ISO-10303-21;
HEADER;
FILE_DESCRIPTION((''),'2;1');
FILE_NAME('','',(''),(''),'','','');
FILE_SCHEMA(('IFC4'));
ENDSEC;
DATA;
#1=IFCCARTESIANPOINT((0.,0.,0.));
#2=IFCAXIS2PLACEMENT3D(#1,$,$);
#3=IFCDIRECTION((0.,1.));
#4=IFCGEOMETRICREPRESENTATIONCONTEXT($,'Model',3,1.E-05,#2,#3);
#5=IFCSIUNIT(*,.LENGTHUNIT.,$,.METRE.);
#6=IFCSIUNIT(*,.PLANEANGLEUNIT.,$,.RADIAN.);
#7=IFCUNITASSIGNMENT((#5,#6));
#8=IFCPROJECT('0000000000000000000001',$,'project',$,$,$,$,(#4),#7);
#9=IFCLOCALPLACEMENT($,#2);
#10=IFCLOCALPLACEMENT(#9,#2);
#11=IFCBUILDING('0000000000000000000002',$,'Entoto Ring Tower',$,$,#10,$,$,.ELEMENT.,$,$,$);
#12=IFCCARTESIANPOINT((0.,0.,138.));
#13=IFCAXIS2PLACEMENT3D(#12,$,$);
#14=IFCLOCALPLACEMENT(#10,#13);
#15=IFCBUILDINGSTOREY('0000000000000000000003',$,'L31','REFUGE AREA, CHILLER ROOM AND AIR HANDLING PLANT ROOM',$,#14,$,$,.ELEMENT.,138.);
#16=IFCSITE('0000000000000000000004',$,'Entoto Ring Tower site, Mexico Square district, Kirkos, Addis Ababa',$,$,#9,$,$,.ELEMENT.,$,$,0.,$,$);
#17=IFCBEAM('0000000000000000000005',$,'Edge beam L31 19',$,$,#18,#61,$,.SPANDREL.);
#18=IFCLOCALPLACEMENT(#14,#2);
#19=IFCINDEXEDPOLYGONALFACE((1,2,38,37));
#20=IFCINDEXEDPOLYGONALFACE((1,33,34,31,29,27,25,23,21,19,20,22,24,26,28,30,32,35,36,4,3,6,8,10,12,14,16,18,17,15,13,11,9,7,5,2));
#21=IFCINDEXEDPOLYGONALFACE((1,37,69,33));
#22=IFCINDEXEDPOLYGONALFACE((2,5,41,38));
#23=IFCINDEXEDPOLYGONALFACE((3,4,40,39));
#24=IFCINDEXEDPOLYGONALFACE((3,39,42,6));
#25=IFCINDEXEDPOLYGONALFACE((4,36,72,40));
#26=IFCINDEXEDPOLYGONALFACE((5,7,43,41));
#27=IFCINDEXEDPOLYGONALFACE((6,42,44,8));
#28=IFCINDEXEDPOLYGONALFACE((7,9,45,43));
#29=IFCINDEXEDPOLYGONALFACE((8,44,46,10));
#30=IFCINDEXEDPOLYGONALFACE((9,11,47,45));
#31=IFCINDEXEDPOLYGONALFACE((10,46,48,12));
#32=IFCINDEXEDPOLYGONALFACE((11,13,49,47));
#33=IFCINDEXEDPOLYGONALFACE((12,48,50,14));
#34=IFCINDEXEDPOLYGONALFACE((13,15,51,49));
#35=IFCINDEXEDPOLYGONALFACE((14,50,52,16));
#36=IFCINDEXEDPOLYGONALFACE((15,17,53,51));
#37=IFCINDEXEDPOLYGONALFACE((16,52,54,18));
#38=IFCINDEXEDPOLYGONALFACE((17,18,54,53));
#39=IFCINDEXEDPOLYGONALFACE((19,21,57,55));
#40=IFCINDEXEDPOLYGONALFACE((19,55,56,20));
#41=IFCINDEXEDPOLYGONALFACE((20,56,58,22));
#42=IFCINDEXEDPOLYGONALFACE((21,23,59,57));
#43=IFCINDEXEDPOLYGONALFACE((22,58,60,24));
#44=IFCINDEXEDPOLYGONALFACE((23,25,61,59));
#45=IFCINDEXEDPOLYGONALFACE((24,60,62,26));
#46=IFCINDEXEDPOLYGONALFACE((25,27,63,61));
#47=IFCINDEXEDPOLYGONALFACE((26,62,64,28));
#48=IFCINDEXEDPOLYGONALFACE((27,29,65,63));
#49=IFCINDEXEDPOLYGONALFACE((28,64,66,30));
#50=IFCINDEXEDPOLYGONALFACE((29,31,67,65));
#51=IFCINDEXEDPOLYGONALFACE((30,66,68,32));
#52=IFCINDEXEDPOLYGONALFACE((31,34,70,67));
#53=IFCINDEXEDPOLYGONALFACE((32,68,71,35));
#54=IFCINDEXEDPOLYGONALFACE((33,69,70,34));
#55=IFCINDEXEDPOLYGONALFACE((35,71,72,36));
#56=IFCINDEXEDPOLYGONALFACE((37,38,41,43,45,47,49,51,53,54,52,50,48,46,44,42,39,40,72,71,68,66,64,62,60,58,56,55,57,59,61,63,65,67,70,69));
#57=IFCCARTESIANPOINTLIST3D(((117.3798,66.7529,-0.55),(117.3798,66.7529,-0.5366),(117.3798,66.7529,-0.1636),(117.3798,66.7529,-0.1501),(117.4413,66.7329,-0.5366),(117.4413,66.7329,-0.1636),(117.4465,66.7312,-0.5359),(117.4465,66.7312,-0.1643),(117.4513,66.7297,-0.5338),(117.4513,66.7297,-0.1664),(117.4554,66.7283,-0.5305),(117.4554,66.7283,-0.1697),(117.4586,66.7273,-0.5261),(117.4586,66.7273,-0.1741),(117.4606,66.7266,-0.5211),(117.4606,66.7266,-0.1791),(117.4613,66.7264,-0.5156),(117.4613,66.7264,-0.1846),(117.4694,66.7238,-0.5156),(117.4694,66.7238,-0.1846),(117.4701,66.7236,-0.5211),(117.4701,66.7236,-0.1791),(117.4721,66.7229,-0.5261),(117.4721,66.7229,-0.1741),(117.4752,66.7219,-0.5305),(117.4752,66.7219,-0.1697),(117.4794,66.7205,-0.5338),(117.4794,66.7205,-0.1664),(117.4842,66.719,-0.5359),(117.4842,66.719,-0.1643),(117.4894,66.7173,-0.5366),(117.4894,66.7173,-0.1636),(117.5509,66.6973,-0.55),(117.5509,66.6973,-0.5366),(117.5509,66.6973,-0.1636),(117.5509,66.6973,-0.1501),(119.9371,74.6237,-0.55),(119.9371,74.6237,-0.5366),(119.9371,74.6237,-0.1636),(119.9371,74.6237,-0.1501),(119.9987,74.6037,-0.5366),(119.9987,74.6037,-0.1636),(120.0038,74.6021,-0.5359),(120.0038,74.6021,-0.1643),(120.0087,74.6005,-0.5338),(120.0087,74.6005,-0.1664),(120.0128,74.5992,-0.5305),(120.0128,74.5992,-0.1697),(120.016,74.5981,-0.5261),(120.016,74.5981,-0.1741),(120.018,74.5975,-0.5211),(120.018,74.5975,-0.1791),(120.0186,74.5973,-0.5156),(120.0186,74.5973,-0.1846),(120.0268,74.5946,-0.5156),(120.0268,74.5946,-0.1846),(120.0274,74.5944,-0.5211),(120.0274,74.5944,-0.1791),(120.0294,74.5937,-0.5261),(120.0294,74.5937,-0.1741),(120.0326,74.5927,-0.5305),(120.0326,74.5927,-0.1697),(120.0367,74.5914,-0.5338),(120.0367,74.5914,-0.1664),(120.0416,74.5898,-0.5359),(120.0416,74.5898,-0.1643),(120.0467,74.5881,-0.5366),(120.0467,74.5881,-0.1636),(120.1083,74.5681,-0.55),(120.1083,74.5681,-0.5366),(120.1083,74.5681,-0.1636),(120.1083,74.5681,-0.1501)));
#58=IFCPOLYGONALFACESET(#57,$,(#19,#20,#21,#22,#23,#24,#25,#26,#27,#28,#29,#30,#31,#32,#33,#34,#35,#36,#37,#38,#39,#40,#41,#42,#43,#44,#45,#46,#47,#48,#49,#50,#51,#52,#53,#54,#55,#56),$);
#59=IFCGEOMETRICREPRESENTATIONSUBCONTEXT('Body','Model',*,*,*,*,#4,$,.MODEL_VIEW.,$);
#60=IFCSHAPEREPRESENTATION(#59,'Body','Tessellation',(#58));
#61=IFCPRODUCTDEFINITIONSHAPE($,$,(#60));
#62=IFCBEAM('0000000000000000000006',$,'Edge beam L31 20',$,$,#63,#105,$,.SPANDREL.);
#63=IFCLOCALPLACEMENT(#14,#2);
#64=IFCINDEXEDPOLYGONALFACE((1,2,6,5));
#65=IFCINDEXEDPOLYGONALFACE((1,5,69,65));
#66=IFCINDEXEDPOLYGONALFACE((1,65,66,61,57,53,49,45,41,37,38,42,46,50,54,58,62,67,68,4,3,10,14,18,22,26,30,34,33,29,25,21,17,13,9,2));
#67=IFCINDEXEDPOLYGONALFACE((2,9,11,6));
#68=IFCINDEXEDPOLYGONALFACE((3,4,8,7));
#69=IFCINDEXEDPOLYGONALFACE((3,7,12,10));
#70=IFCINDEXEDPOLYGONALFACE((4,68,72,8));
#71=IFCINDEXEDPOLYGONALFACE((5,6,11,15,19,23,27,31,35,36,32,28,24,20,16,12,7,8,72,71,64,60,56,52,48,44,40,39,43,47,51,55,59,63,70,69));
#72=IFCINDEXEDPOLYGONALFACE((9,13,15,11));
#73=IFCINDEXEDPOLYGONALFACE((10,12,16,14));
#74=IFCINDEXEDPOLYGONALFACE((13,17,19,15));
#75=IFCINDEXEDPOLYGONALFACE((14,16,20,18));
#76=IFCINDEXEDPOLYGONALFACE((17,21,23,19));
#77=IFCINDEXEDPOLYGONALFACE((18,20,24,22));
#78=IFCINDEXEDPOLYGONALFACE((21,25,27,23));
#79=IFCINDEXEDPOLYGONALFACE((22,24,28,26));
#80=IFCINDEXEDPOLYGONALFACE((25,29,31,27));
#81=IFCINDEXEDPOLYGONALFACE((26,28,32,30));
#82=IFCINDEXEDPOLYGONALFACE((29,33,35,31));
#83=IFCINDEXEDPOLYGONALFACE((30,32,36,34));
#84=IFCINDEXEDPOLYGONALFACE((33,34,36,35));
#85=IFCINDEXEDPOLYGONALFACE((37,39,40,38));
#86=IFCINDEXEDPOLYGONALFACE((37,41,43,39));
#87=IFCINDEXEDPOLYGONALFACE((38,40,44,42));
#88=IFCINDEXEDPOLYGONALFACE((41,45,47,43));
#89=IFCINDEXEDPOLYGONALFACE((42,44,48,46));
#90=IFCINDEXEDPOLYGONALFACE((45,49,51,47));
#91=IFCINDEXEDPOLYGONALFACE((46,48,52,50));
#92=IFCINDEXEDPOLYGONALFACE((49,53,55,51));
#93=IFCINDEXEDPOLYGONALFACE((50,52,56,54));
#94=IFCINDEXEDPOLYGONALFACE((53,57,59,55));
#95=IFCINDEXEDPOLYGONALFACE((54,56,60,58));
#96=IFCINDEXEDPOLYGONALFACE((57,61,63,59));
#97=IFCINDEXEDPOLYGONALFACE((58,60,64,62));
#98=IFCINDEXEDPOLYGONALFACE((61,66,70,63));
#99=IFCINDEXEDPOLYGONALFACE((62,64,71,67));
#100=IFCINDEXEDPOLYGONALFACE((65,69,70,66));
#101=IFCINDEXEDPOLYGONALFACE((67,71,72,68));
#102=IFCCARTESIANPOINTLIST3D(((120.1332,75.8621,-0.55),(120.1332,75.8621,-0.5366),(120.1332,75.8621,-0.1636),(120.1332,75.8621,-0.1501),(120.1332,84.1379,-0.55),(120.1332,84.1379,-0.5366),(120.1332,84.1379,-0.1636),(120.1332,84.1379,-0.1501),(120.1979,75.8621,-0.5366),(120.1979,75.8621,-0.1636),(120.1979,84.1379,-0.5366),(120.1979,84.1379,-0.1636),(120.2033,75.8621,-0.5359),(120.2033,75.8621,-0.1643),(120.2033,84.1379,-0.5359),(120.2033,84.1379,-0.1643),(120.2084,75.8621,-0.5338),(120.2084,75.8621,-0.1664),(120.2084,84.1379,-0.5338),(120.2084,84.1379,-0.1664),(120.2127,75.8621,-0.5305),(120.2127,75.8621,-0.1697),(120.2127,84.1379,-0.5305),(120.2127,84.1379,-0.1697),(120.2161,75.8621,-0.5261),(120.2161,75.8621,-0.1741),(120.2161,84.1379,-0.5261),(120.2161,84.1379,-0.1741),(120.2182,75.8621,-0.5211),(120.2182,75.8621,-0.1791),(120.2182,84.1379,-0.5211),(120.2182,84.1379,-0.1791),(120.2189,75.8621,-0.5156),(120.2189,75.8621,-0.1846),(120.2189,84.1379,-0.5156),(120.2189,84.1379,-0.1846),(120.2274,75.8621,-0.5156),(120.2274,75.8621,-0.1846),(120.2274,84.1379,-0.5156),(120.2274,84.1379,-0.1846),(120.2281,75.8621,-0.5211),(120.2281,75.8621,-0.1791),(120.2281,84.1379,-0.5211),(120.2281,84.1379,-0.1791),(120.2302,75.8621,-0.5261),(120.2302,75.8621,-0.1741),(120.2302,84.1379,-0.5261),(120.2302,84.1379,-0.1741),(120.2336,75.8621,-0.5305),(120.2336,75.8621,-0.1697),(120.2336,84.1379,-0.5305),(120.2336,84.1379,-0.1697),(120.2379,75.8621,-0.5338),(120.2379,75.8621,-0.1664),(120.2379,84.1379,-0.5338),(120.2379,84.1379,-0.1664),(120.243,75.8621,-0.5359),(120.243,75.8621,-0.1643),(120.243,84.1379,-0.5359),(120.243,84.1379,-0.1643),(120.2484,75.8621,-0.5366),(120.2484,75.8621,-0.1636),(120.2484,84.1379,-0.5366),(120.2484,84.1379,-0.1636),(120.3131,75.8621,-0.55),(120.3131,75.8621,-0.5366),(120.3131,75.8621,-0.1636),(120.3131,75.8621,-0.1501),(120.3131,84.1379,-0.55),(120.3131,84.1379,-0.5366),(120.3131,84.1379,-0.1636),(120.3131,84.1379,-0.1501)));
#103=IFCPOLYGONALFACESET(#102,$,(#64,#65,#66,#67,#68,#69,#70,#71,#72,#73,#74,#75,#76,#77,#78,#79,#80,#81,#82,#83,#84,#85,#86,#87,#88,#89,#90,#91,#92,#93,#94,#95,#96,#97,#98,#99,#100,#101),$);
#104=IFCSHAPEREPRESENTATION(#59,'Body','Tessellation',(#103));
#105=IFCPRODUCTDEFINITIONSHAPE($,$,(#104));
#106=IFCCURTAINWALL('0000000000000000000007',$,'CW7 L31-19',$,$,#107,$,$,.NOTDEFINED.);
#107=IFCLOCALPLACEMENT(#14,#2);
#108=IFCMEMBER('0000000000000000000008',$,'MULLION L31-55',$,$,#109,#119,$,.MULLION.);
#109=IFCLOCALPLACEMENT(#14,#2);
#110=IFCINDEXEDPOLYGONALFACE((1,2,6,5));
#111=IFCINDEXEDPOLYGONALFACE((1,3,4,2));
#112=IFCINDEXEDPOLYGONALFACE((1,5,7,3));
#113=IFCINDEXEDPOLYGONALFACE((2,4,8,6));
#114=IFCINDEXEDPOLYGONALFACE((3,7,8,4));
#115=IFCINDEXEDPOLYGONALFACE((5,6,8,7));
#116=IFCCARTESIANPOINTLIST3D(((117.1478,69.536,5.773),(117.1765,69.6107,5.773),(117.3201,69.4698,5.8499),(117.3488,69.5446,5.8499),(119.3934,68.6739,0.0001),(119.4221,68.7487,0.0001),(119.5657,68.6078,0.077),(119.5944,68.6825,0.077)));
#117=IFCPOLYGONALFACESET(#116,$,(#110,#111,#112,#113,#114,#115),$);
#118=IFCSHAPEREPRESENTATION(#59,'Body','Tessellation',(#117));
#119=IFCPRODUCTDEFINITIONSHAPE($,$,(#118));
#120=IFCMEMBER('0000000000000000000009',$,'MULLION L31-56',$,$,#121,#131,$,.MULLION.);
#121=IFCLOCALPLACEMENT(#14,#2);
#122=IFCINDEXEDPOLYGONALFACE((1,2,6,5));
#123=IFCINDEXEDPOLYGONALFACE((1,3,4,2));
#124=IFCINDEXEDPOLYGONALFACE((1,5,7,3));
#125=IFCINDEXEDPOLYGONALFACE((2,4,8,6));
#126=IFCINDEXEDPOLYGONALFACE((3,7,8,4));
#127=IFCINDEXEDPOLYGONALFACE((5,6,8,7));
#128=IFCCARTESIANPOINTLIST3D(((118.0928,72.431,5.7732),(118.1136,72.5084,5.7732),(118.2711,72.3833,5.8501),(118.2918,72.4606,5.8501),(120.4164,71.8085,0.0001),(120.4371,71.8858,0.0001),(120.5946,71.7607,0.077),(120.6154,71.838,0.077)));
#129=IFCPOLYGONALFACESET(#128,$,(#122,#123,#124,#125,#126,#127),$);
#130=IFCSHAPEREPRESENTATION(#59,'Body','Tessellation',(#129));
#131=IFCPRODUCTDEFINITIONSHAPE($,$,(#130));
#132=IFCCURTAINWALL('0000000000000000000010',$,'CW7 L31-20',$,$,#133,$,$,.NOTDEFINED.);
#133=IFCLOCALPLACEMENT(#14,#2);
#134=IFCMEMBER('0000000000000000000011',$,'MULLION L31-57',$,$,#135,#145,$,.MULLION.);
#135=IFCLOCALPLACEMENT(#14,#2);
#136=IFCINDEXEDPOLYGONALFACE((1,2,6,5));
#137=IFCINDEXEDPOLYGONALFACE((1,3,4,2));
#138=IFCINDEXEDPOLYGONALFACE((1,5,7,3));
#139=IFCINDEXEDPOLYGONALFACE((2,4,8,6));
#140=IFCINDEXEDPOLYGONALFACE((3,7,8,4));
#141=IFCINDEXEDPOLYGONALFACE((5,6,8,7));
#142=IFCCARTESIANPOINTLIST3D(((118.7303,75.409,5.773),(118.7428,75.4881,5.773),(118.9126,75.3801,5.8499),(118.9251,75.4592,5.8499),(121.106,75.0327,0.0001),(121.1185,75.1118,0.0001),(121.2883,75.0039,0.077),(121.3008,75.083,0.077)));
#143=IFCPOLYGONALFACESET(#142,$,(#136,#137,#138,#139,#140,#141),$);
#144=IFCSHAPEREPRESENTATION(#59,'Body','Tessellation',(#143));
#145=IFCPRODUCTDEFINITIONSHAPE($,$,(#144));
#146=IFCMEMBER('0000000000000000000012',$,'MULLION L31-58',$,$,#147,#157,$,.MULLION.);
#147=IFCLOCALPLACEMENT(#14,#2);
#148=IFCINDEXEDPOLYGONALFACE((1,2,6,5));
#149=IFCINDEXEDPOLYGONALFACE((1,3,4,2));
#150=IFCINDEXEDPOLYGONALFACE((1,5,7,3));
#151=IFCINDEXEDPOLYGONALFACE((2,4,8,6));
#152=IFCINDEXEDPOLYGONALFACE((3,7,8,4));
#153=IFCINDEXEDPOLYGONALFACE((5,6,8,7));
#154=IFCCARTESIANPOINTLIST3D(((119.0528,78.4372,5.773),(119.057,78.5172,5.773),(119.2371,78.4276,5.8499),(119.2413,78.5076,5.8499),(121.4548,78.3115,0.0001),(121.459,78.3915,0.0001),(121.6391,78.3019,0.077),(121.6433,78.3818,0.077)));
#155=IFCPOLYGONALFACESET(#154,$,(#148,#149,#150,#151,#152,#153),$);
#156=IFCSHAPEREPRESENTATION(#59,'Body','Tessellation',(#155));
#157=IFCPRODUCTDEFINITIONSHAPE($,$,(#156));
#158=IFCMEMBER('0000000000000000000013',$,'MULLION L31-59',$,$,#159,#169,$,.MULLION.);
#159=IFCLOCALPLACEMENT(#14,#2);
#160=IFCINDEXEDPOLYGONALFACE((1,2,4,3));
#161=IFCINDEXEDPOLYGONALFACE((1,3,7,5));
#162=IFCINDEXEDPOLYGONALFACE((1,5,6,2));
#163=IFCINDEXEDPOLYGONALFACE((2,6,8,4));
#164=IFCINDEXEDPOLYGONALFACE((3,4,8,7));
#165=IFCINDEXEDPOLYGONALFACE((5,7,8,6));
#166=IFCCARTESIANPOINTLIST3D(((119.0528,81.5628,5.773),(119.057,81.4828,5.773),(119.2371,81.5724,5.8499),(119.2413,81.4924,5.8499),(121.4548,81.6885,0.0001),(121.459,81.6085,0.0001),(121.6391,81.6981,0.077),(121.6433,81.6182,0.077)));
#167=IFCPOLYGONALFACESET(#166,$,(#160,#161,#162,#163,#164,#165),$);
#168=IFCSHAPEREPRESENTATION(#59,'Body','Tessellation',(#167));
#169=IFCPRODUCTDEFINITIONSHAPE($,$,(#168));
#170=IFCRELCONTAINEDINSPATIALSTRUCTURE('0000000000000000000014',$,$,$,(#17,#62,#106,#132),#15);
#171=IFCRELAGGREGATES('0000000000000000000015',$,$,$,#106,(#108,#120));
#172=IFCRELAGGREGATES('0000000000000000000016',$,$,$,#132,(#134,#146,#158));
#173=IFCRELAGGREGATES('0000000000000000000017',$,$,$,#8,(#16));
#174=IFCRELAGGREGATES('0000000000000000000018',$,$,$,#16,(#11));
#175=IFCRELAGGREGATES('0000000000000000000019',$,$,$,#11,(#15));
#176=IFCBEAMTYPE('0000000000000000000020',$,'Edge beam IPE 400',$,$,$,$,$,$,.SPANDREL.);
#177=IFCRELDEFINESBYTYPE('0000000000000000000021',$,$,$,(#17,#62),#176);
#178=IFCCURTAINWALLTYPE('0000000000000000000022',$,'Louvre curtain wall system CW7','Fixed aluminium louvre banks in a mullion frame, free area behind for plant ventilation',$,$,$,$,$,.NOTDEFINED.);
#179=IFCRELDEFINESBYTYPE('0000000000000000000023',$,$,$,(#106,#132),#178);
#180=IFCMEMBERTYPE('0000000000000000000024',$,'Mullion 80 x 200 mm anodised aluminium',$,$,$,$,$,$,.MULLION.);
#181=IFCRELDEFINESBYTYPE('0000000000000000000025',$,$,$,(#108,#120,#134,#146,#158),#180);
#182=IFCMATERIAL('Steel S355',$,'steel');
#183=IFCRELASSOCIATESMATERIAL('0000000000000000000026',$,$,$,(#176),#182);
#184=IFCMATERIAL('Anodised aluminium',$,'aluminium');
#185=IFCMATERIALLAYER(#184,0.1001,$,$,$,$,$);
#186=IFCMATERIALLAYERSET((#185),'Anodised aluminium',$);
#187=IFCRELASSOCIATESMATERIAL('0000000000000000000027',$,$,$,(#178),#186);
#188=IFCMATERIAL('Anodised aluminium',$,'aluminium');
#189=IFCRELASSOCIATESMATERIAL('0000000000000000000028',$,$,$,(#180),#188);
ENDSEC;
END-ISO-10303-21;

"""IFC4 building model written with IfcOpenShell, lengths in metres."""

from ifc_helpers import new_model, si_unit, direction, frame, origin, origin_2d, place, context, subcontext, project, spatial, rectangle, i_section, extrude, material, layer, layer_set, material_profile, profile_set, type_object, element, aggregate, save


model = new_model("IFC4")

# Units and contexts
model_context = context("Model", 3, precision=1e-05, world=origin(), true_north=direction((0.0, 1.0)))
body_context = subcontext(model_context, "Body", "Model", "MODEL_VIEW")
ifc_project = project(units=[si_unit("LENGTHUNIT", "METRE"), si_unit("PLANEANGLEUNIT", "RADIAN")], contexts=[model_context])

# Site, building, storey
site_placement = place(None, origin())
site = spatial("IfcSite", under=ifc_project, at=site_placement, Name="Entoto Ring Tower site, Mexico Square district, Kirkos, Addis Ababa", CompositionType="ELEMENT", RefElevation=0.0)
building_placement = place(site_placement, origin())
building = spatial("IfcBuilding", under=site, at=building_placement, Name="Entoto Ring Tower", CompositionType="ELEMENT")
storey_placement = place(building_placement, frame((0.0, 0.0, 138.0)))
storey = spatial("IfcBuildingStorey", under=building, at=storey_placement, Name="L31", Description="REFUGE AREA, CHILLER ROOM AND AIR HANDLING PLANT ROOM", CompositionType="ELEMENT", Elevation=138.0)

# Beams
ifc_material_1 = material(Name="Steel S355", Category="steel")
ifc_material_profile_1 = material_profile(ifc_material_1, i_section(OverallWidth=0.1799, OverallDepth=0.3999, WebThickness=0.0085, FlangeThickness=0.0134, FilletRadius=0.021, at=origin_2d()), Name="IPE 400")
ifc_profile_set_1 = profile_set([ifc_material_profile_1], Name="Steel S355")
beam_type_1 = type_object("IfcBeamType", Name="Edge beam IPE 400", PredefinedType="SPANDREL", material=ifc_profile_set_1)
for number, where, z_axis, x_axis, name in (
    (1, (117.4653, 66.7251, -0.3501), (0.309015, 0.951057, 0.0), (-0.951057, 0.309015, 0.0), "Edge beam L31 19"),
    (2, (120.2231, 75.8621, -0.3501), (0.0, 1.0, 0.0), (-1.0, 0.0, 0.0), "Edge beam L31 20"),
):
    element("IfcBeam", number, at=place(storey_placement, frame(where, z_axis=z_axis, x_axis=x_axis)), inside=storey, type_object=beam_type_1, Name=name, PredefinedType="SPANDREL", context=body_context, shape_type="SweptSolid", body=[
        extrude(i_section(OverallWidth=0.1799, OverallDepth=0.3999, WebThickness=0.0085, FlangeThickness=0.0134, FilletRadius=0.021, at=origin_2d()), origin(), (0.0, 0.0, 1.0), 8.2759),
    ])

# Curtain walls, members
ifc_material_2 = material(Name="Anodised aluminium", Category="aluminium")
ifc_layer_1 = layer(ifc_material_2, 0.1001)
ifc_layer_set_1 = layer_set([ifc_layer_1], Name="Anodised aluminium")
curtain_wall_type = type_object("IfcCurtainWallType", Name="Louvre curtain wall system CW7", Description="Fixed aluminium louvre banks in a mullion frame, free area behind for plant ventilation", PredefinedType="NOTDEFINED", material=ifc_layer_set_1)
curtain_wall_1_placement = place(storey_placement, origin())
curtain_wall_1 = element("IfcCurtainWall", 3, at=curtain_wall_1_placement, inside=storey, type_object=curtain_wall_type, Name="CW7 L31-19", PredefinedType="NOTDEFINED")
ifc_material_3 = material(Name="Anodised aluminium", Category="aluminium")
ifc_material_profile_2 = material_profile(ifc_material_3, rectangle(XDim=0.0801, YDim=0.2, at=origin_2d()), Name="Mullion 80 x 200 mm anodised aluminium")
ifc_profile_set_2 = profile_set([ifc_material_profile_2], Name="Anodised aluminium")
member_type_1 = type_object("IfcMemberType", Name="Mullion 80 x 200 mm anodised aluminium", PredefinedType="MULLION", material=ifc_profile_set_2)
member_1_placement = place(storey_placement, frame((119.4939, 68.6782, 0.0386), z_axis=(-0.359066, 0.137841, 0.923077), x_axis=(-0.358387, -0.933573, 0.0)))
member_1 = element("IfcMember", 4, at=member_1_placement, type_object=member_type_1, Name="MULLION L31-55", PredefinedType="MULLION", context=body_context, shape_type="SweptSolid", body=[
    extrude(rectangle(XDim=0.0801, YDim=0.2, at=origin_2d()), origin(), (0.0, 0.0, 1.0), 6.2539),
])
member_2_placement = place(storey_placement, frame((120.5159, 71.8232, 0.0386), z_axis=(-0.371517, 0.099545, 0.923074), x_axis=(-0.258812, -0.965928, 0.0)))
member_2 = element("IfcMember", 5, at=member_2_placement, type_object=member_type_1, Name="MULLION L31-56", PredefinedType="MULLION", context=body_context, shape_type="SweptSolid", body=[
    extrude(rectangle(XDim=0.0801, YDim=0.2, at=origin_2d()), origin(), (0.0, 0.0, 1.0), 6.2542),
])
aggregate(curtain_wall_1, [member_1, member_2])
curtain_wall_2_placement = place(storey_placement, origin())
curtain_wall_2 = element("IfcCurtainWall", 6, at=curtain_wall_2_placement, inside=storey, type_object=curtain_wall_type, Name="CW7 L31-20", PredefinedType="NOTDEFINED")
member_3_placement = place(storey_placement, frame((121.2034, 75.0579, 0.0386), z_axis=(-0.379874, 0.060157, 0.92308), x_axis=(-0.156411, -0.987692, 0.0)))
member_3 = element("IfcMember", 7, at=member_3_placement, type_object=member_type_1, Name="MULLION L31-57", PredefinedType="MULLION", context=body_context, shape_type="SweptSolid", body=[
    extrude(rectangle(XDim=0.0801, YDim=0.2, at=origin_2d()), origin(), (0.0, 0.0, 1.0), 6.2539),
])
member_4_placement = place(storey_placement, frame((121.5491, 78.3467, 0.0386), z_axis=(-0.384089, 0.020104, 0.923077), x_axis=(-0.052271, -0.998633, 0.0)))
member_4 = element("IfcMember", 8, at=member_4_placement, type_object=member_type_1, Name="MULLION L31-58", PredefinedType="MULLION", context=body_context, shape_type="SweptSolid", body=[
    extrude(rectangle(XDim=0.0801, YDim=0.2, at=origin_2d()), origin(), (0.0, 0.0, 1.0), 6.2539),
])
member_5_placement = place(storey_placement, frame((121.5491, 81.6533, 0.0386), z_axis=(-0.384089, -0.020104, 0.923077), x_axis=(0.052271, -0.998633, 0.0)))
member_5 = element("IfcMember", 9, at=member_5_placement, type_object=member_type_1, Name="MULLION L31-59", PredefinedType="MULLION", context=body_context, shape_type="SweptSolid", body=[
    extrude(rectangle(XDim=0.0801, YDim=0.2, at=origin_2d()), origin(), (0.0, 0.0, 1.0), 6.2539),
])
aggregate(curtain_wall_2, [member_3, member_4, member_5])

save(model, "model.ifc")
